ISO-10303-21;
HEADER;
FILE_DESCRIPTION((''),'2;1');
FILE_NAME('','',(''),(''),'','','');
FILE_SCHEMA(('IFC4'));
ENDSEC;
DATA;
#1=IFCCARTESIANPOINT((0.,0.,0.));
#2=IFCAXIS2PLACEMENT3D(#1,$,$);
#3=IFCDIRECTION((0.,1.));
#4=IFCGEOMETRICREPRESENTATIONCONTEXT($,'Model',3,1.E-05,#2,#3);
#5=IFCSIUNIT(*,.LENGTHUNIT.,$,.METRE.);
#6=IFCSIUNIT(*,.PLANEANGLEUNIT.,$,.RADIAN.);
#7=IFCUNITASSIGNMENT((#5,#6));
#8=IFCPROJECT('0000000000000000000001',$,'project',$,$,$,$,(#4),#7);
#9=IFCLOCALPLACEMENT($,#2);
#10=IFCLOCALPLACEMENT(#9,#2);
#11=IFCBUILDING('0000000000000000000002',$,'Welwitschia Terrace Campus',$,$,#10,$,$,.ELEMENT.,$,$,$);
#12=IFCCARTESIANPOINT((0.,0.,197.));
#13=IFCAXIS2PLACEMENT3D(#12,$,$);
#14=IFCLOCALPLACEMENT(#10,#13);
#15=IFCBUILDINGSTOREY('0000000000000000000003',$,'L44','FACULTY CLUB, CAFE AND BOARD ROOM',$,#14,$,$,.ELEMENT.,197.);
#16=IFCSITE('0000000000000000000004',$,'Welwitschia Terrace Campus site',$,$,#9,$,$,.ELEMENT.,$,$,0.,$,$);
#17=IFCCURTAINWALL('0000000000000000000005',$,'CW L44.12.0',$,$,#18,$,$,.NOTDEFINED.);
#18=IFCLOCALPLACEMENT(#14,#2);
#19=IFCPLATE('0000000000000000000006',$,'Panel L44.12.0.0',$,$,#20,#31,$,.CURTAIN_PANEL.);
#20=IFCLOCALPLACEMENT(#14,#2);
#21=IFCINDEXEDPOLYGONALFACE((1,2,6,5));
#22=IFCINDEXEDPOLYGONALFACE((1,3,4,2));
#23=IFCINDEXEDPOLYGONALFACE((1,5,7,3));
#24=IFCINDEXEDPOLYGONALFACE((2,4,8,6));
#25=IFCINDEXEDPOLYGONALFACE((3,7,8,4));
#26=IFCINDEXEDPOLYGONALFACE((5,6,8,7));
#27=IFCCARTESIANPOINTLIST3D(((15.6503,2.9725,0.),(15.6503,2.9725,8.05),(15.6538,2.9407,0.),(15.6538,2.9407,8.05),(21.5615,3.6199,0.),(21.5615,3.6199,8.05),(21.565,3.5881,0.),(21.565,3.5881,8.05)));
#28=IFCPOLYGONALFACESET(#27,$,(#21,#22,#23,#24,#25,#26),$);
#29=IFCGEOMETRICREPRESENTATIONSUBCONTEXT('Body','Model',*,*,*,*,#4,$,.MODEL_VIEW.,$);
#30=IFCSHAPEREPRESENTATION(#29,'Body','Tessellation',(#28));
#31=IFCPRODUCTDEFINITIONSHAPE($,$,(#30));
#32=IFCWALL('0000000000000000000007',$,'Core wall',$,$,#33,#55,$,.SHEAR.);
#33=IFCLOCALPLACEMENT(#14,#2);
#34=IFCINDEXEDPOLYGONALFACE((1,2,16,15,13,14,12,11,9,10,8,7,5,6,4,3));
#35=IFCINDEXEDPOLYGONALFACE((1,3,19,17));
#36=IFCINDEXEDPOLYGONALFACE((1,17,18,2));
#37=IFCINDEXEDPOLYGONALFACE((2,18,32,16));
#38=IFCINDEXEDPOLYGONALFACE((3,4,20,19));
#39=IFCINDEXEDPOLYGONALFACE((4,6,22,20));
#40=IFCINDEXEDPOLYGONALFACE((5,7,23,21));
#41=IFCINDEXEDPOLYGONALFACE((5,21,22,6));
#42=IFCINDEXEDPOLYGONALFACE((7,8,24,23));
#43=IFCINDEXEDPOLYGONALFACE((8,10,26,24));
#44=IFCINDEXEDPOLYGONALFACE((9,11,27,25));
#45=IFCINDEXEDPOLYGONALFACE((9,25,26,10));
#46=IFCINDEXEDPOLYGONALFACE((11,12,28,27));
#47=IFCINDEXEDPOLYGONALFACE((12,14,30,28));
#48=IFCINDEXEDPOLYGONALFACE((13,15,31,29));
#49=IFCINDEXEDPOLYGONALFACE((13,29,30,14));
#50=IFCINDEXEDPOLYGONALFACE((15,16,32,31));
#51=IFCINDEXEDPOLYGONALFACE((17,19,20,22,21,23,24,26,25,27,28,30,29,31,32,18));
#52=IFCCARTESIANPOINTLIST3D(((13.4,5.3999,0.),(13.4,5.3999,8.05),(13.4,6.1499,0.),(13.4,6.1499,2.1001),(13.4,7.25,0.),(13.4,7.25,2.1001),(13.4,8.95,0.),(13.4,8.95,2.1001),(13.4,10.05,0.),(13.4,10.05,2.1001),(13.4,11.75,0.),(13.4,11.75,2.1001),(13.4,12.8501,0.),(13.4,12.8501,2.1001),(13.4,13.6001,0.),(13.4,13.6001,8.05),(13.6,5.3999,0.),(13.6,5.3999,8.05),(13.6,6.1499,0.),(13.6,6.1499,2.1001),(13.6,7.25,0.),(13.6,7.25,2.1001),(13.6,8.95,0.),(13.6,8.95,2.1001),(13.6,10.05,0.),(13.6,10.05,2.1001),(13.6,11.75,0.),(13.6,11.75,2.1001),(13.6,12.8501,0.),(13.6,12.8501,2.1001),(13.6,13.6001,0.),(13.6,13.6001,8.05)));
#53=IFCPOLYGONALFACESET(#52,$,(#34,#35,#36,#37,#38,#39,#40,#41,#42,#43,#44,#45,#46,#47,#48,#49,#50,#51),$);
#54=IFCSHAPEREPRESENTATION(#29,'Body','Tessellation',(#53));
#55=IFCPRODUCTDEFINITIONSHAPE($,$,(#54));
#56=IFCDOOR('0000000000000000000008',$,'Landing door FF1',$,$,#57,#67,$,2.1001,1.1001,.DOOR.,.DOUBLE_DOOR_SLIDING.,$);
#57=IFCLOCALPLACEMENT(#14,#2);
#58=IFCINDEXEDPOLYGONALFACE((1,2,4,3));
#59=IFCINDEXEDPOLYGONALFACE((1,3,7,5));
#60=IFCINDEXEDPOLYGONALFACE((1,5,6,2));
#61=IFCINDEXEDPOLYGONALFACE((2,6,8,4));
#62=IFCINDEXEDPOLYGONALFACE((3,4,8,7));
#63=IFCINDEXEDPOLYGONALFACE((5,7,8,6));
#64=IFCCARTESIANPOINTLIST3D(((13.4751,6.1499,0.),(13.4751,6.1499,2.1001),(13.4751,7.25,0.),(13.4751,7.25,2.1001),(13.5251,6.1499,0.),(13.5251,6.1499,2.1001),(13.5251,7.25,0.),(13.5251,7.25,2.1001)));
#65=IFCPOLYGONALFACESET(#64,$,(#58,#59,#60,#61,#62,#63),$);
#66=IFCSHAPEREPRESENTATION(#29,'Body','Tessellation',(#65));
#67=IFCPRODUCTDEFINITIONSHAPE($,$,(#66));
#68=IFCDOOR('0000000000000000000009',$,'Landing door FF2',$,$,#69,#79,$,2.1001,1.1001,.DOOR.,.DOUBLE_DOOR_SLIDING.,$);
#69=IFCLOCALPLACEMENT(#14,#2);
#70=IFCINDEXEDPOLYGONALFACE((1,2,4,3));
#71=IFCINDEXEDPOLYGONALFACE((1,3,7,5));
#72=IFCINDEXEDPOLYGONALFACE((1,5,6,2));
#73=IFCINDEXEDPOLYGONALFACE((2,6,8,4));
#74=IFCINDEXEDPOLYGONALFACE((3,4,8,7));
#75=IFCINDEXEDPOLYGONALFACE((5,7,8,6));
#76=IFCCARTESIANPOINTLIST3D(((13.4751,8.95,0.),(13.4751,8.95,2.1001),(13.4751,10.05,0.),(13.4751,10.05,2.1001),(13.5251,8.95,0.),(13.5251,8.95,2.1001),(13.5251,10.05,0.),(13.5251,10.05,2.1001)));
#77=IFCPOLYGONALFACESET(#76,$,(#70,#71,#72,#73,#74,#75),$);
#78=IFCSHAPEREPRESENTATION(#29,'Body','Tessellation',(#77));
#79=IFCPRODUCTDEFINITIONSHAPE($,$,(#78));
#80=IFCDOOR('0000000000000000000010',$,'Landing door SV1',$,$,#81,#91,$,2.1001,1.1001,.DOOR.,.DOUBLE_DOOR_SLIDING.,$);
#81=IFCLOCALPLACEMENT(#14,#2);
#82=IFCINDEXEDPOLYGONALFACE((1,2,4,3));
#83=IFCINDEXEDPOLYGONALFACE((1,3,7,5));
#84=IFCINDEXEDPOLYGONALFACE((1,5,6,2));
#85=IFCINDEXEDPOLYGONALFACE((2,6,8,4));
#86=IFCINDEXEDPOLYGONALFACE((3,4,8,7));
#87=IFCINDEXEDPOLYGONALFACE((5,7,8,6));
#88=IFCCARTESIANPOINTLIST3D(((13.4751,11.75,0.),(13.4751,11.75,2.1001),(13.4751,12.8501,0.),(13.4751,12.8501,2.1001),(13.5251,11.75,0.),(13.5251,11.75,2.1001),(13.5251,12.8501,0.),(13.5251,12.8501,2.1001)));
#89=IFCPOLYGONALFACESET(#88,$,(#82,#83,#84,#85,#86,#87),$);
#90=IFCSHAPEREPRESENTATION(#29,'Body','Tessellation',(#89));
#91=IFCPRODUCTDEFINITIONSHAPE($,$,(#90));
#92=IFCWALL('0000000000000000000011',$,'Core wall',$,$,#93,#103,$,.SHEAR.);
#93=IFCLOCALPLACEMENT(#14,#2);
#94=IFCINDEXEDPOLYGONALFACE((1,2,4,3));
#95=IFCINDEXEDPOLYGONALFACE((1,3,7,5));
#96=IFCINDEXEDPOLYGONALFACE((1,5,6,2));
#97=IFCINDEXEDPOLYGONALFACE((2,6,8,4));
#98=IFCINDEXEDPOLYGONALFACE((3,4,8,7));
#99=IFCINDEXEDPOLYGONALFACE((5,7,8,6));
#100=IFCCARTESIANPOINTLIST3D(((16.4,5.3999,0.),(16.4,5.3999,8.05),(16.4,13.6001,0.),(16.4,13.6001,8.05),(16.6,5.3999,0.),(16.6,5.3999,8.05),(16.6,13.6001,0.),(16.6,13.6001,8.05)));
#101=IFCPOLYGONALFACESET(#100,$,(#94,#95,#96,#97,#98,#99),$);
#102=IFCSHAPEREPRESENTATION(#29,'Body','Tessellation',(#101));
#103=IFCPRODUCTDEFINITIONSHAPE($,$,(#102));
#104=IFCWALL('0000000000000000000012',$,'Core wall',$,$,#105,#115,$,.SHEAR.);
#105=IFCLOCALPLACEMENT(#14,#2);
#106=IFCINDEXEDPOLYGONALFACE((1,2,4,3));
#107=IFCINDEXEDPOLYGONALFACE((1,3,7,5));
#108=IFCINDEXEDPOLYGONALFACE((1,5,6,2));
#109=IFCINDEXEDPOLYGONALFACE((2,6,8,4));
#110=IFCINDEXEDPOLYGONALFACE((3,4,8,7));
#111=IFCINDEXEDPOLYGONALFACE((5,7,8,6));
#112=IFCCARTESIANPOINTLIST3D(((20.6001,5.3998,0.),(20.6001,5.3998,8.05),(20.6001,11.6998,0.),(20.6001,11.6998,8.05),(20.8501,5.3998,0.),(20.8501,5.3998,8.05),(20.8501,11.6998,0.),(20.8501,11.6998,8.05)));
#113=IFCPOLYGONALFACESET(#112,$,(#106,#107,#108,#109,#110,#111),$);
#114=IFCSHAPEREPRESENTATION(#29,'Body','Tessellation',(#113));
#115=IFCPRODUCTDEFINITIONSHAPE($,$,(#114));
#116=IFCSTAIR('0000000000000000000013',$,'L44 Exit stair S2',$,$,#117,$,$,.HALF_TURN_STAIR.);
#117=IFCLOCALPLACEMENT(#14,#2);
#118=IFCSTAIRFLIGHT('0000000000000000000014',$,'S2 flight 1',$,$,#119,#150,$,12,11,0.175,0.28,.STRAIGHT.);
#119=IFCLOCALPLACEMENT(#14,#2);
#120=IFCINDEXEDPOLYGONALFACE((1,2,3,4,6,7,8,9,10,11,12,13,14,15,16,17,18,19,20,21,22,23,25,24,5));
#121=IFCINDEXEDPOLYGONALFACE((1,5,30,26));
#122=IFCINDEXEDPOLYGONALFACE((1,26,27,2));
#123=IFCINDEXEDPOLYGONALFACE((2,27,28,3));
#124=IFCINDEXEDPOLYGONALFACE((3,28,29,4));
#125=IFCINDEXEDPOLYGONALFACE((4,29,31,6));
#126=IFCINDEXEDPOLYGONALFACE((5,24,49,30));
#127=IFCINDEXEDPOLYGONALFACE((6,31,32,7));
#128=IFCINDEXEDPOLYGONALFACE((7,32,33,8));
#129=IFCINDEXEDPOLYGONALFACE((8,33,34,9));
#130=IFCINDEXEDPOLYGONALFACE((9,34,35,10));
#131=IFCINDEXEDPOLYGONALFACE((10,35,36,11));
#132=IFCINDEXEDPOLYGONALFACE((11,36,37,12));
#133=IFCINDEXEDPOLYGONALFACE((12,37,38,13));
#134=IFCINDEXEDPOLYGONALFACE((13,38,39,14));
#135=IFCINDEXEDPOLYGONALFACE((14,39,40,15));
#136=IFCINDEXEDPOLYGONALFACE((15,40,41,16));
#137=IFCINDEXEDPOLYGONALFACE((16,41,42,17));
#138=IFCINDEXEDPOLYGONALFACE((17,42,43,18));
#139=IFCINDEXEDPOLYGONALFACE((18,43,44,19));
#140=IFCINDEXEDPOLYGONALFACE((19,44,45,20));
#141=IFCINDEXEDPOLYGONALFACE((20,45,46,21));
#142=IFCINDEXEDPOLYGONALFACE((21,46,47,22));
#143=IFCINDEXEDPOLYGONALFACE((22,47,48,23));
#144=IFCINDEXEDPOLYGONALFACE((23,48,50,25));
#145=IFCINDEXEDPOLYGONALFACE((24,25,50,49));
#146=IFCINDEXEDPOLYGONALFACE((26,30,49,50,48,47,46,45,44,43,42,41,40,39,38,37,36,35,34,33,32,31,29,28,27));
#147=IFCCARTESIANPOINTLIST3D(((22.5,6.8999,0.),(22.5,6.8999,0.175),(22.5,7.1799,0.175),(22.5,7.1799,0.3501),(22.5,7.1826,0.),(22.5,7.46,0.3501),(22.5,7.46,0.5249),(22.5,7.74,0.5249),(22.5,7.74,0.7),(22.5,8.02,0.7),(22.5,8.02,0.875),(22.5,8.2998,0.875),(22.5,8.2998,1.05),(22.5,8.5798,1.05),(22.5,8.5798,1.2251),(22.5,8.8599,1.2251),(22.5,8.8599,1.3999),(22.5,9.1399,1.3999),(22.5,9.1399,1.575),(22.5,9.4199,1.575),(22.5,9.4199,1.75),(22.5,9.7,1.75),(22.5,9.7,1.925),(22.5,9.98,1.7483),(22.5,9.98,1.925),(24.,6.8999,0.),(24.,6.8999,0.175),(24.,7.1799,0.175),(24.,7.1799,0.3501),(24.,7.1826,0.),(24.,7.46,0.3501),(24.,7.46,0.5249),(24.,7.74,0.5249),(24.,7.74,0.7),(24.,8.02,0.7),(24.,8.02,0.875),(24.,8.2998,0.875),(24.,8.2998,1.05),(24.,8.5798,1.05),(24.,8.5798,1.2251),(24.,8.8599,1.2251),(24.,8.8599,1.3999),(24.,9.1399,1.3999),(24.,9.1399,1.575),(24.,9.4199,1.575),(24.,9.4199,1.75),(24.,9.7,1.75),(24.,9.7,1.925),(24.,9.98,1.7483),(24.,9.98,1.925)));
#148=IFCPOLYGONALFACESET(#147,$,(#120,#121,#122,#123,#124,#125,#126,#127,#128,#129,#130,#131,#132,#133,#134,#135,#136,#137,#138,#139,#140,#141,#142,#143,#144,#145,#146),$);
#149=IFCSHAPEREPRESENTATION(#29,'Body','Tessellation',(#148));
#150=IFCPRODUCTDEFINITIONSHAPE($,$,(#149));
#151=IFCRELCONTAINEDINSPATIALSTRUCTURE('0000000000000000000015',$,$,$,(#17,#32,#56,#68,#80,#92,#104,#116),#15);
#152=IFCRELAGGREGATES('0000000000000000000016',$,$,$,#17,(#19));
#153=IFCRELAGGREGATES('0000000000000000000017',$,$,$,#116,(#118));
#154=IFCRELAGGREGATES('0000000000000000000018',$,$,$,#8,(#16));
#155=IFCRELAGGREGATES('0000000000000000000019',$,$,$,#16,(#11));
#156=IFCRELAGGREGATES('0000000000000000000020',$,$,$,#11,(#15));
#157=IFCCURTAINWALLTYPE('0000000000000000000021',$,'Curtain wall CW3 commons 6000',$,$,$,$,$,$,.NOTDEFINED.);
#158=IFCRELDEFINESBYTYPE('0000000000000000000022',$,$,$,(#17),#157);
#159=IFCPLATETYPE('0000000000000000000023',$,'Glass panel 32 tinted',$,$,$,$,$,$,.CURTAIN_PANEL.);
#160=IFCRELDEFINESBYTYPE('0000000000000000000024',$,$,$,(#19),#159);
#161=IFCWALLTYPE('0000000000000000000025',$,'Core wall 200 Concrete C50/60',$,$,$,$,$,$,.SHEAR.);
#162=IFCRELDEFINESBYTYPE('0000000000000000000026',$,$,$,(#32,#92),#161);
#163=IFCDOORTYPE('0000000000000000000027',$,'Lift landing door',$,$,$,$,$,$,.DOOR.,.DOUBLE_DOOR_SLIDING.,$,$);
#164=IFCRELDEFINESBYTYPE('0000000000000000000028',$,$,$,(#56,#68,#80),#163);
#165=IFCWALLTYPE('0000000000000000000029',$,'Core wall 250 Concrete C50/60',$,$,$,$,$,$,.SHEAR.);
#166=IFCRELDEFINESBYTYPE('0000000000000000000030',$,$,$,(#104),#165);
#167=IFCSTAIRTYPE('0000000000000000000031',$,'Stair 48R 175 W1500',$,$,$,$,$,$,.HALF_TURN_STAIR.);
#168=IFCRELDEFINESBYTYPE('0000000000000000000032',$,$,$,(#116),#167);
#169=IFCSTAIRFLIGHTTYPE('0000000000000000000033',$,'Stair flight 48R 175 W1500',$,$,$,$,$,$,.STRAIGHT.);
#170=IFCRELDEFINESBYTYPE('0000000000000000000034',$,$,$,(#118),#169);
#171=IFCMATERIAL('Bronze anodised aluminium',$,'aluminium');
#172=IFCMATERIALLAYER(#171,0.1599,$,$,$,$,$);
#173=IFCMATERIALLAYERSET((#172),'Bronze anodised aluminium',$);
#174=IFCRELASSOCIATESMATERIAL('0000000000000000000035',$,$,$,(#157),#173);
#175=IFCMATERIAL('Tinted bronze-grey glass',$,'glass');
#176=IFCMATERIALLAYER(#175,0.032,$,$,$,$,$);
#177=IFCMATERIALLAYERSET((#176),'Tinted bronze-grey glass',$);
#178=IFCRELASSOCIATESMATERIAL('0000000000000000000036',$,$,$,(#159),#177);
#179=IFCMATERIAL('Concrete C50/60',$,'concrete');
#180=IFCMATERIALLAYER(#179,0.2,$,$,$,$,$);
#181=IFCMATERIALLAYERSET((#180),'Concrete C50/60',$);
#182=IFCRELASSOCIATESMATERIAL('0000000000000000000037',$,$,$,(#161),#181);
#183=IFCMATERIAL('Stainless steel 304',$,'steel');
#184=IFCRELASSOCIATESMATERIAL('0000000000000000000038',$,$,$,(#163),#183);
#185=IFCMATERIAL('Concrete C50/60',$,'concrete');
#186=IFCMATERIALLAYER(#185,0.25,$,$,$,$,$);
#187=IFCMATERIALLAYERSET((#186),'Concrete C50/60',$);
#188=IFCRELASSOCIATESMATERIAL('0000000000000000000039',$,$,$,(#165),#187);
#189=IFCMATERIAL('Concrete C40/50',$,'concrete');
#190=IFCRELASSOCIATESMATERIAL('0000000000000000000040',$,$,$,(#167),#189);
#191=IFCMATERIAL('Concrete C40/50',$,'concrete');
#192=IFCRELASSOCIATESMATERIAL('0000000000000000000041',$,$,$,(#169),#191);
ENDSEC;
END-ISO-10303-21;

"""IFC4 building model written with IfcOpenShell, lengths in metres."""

from ifc_helpers import new_model, si_unit, direction, frame, frame_2d, origin, origin_2d, place, context, subcontext, project, spatial, polyline, rectangle, outline, extrude, material, layer, layer_set, type_object, element, fill, aggregate, save


model = new_model("IFC4")

# Units and contexts
model_context = context("Model", 3, precision=1e-05, world=origin(), true_north=direction((0.0, 1.0)))
body_context = subcontext(model_context, "Body", "Model", "MODEL_VIEW")
ifc_project = project(units=[si_unit("LENGTHUNIT", "METRE"), si_unit("PLANEANGLEUNIT", "RADIAN")], contexts=[model_context])

# Site, building, storey
site_placement = place(None, origin())
site = spatial("IfcSite", under=ifc_project, at=site_placement, Name="Welwitschia Terrace Campus site", CompositionType="ELEMENT", RefElevation=0.0)
building_placement = place(site_placement, origin())
building = spatial("IfcBuilding", under=site, at=building_placement, Name="Welwitschia Terrace Campus", CompositionType="ELEMENT")
storey_placement = place(building_placement, frame((0.0, 0.0, 197.0)))
storey = spatial("IfcBuildingStorey", under=building, at=storey_placement, Name="L44", Description="FACULTY CLUB, CAFE AND BOARD ROOM", CompositionType="ELEMENT", Elevation=197.0)

# Shared definitions
ifc_material_1 = material(Name="Bronze anodised aluminium", Category="aluminium")
ifc_layer_1 = layer(ifc_material_1, 0.1599)
ifc_layer_set_1 = layer_set([ifc_layer_1], Name="Bronze anodised aluminium")
curtain_wall_type = type_object("IfcCurtainWallType", Name="Curtain wall CW3 commons 6000", PredefinedType="NOTDEFINED", material=ifc_layer_set_1)

# Curtain wall
curtain_wall_1_placement = place(storey_placement, origin())
curtain_wall_1 = element("IfcCurtainWall", 1, at=curtain_wall_1_placement, inside=storey, type_object=curtain_wall_type, Name="CW L44.12.0", PredefinedType="NOTDEFINED")

# Plate
ifc_material_2 = material(Name="Tinted bronze-grey glass", Category="glass")
ifc_layer_2 = layer(ifc_material_2, 0.032)
ifc_layer_set_2 = layer_set([ifc_layer_2], Name="Tinted bronze-grey glass")
plate_type = type_object("IfcPlateType", Name="Glass panel 32 tinted", PredefinedType="CURTAIN_PANEL", material=ifc_layer_set_2)
plate_1_placement = place(storey_placement, frame((18.6077, 3.2803, 0.0), z_axis=(0.0, 0.0, 1.0), x_axis=(0.994056, 0.108867, 0.0)))
plate_1 = element("IfcPlate", 2, at=plate_1_placement, type_object=plate_type, Name="Panel L44.12.0.0", PredefinedType="CURTAIN_PANEL", context=body_context, shape_type="SweptSolid", body=[
    extrude(rectangle(XDim=5.9465, YDim=0.032, at=origin_2d()), origin(), (0.0, 0.0, 1.0), 8.05),
])
aggregate(curtain_wall_1, [plate_1])

# Wall, openings, doors
ifc_material_3 = material(Name="Concrete C50/60", Category="concrete")
ifc_layer_3 = layer(ifc_material_3, 0.2)
ifc_layer_set_3 = layer_set([ifc_layer_3], Name="Concrete C50/60")
wall_type_1 = type_object("IfcWallType", Name="Core wall 200 Concrete C50/60", PredefinedType="SHEAR", material=ifc_layer_set_3)
wall_1_placement = place(storey_placement, frame((13.5, 5.3999, 0.0), z_axis=(0.0, 0.0, 1.0), x_axis=(0.0, 1.0, 0.0)))
wall_1 = element("IfcWall", 3, at=wall_1_placement, inside=storey, type_object=wall_type_1, Name="Core wall", PredefinedType="SHEAR", context=body_context, shape_type="SweptSolid", body=[
    extrude(rectangle(XDim=8.2002, YDim=0.2, at=frame_2d((4.1001, 0.0))), origin(), (0.0, 0.0, 1.0), 8.05),
])
opening_1_placement = place(wall_1_placement, frame((0.75, 0.0, 0.0)))
opening_1 = element("IfcOpeningElement", 4, at=opening_1_placement, cuts=wall_1, PredefinedType="OPENING", context=body_context, shape_type="SweptSolid", body=[
    extrude(rectangle(XDim=1.1001, YDim=2.1001, at=frame_2d((0.55, 1.05))), frame((0.0, 0.1099, 0.0), z_axis=(0.0, -1.0, 0.0), x_axis=(1.0, 0.0, 0.0)), (0.0, 0.0, 1.0), 0.22),
])
opening_2_placement = place(wall_1_placement, frame((3.55, 0.0, 0.0)))
opening_2 = element("IfcOpeningElement", 5, at=opening_2_placement, cuts=wall_1, PredefinedType="OPENING", context=body_context, shape_type="SweptSolid", body=[
    extrude(rectangle(XDim=1.1001, YDim=2.1001, at=frame_2d((0.55, 1.05))), frame((0.0, 0.1099, 0.0), z_axis=(0.0, -1.0, 0.0), x_axis=(1.0, 0.0, 0.0)), (0.0, 0.0, 1.0), 0.22),
])
opening_3_placement = place(wall_1_placement, frame((6.3501, 0.0, 0.0)))
opening_3 = element("IfcOpeningElement", 6, at=opening_3_placement, cuts=wall_1, PredefinedType="OPENING", context=body_context, shape_type="SweptSolid", body=[
    extrude(rectangle(XDim=1.1001, YDim=2.1001, at=frame_2d((0.55, 1.05))), frame((0.0, 0.1099, 0.0), z_axis=(0.0, -1.0, 0.0), x_axis=(1.0, 0.0, 0.0)), (0.0, 0.0, 1.0), 0.22),
])
ifc_material_4 = material(Name="Stainless steel 304", Category="steel")
door_type = type_object("IfcDoorType", Name="Lift landing door", OperationType="DOUBLE_DOOR_SLIDING", PredefinedType="DOOR", material=ifc_material_4)
door_1_placement = place(opening_1_placement, origin())
door_1 = element("IfcDoor", 7, at=door_1_placement, inside=storey, type_object=door_type, Name="Landing door FF1", OperationType="DOUBLE_DOOR_SLIDING", OverallHeight=2.1001, OverallWidth=1.1001, PredefinedType="DOOR", context=body_context, shape_type="SweptSolid", body=[
    extrude(rectangle(XDim=1.1001, YDim=2.1001, at=frame_2d((0.55, 1.05))), frame((0.0, 0.0249, 0.0), z_axis=(0.0, -1.0, 0.0), x_axis=(1.0, 0.0, 0.0)), (0.0, 0.0, 1.0), 0.05),
])
fill(opening_1, door_1)
door_2_placement = place(opening_2_placement, origin())
door_2 = element("IfcDoor", 8, at=door_2_placement, inside=storey, type_object=door_type, Name="Landing door FF2", OperationType="DOUBLE_DOOR_SLIDING", OverallHeight=2.1001, OverallWidth=1.1001, PredefinedType="DOOR", context=body_context, shape_type="SweptSolid", body=[
    extrude(rectangle(XDim=1.1001, YDim=2.1001, at=frame_2d((0.55, 1.05))), frame((0.0, 0.0249, 0.0), z_axis=(0.0, -1.0, 0.0), x_axis=(1.0, 0.0, 0.0)), (0.0, 0.0, 1.0), 0.05),
])
fill(opening_2, door_2)
door_3_placement = place(opening_3_placement, origin())
door_3 = element("IfcDoor", 9, at=door_3_placement, inside=storey, type_object=door_type, Name="Landing door SV1", OperationType="DOUBLE_DOOR_SLIDING", OverallHeight=2.1001, OverallWidth=1.1001, PredefinedType="DOOR", context=body_context, shape_type="SweptSolid", body=[
    extrude(rectangle(XDim=1.1001, YDim=2.1001, at=frame_2d((0.55, 1.05))), frame((0.0, 0.0249, 0.0), z_axis=(0.0, -1.0, 0.0), x_axis=(1.0, 0.0, 0.0)), (0.0, 0.0, 1.0), 0.05),
])
fill(opening_3, door_3)

# Walls
wall_2_placement = place(storey_placement, frame((16.5, 5.3999, 0.0), z_axis=(0.0, 0.0, 1.0), x_axis=(0.0, 1.0, 0.0)))
element("IfcWall", 10, at=wall_2_placement, inside=storey, type_object=wall_type_1, Name="Core wall", PredefinedType="SHEAR", context=body_context, shape_type="SweptSolid", body=[
    extrude(rectangle(XDim=8.2002, YDim=0.2, at=frame_2d((4.1001, 0.0))), origin(), (0.0, 0.0, 1.0), 8.05),
])
ifc_material_5 = material(Name="Concrete C50/60", Category="concrete")
ifc_layer_4 = layer(ifc_material_5, 0.25)
ifc_layer_set_4 = layer_set([ifc_layer_4], Name="Concrete C50/60")
wall_type_2 = type_object("IfcWallType", Name="Core wall 250 Concrete C50/60", PredefinedType="SHEAR", material=ifc_layer_set_4)
wall_3_placement = place(storey_placement, frame((20.7251, 5.3999, 0.0), z_axis=(0.0, 0.0, 1.0), x_axis=(0.0, 1.0, 0.0)))
element("IfcWall", 11, at=wall_3_placement, inside=storey, type_object=wall_type_2, Name="Core wall", PredefinedType="SHEAR", context=body_context, shape_type="SweptSolid", body=[
    extrude(rectangle(XDim=6.3, YDim=0.25, at=frame_2d((3.1499, 0.0))), origin(), (0.0, 0.0, 1.0), 8.05),
])

# Stair, stair flight
ifc_material_6 = material(Name="Concrete C40/50", Category="concrete")
stair_type = type_object("IfcStairType", Name="Stair 48R 175 W1500", PredefinedType="HALF_TURN_STAIR", material=ifc_material_6)
stair_placement = place(storey_placement, origin())
stair = element("IfcStair", 12, at=stair_placement, inside=storey, type_object=stair_type, Name="L44 Exit stair S2", PredefinedType="HALF_TURN_STAIR")
ifc_material_7 = material(Name="Concrete C40/50", Category="concrete")
stair_flight_type = type_object("IfcStairFlightType", Name="Stair flight 48R 175 W1500", PredefinedType="STRAIGHT", material=ifc_material_7)
stair_flight_1_placement = place(storey_placement, frame((23.25, 6.8999, 0.0), z_axis=(0.0, 0.0, 1.0), x_axis=(0.0, 1.0, 0.0)))
stair_flight_1 = element("IfcStairFlight", 13, at=stair_flight_1_placement, type_object=stair_flight_type, Name="S2 flight 1", NumberOfRisers=12, NumberOfTreads=11, PredefinedType="STRAIGHT", RiserHeight=0.175, TreadLength=0.28, context=body_context, shape_type="SweptSolid", body=[
    extrude(outline(polyline([(0.0, 0.0), (0.0, 0.175), (0.28, 0.175), (0.28, 0.3501), (0.5601, 0.3501), (0.5601, 0.5249), (0.8401, 0.5249), (0.8401, 0.7), (1.1201, 0.7), (1.1201, 0.875), (1.3999, 0.875), (1.3999, 1.05), (1.6799, 1.05), (1.6799, 1.2251), (1.96, 1.2251), (1.96, 1.3999), (2.24, 1.3999), (2.24, 1.575), (2.52, 1.575), (2.52, 1.75), (2.8, 1.75), (2.8, 1.925), (3.0801, 1.925), (3.0801, 2.1001), (3.0801, 1.7483), (0.2827, 0.0), (0.0, 0.0)])), frame((0.0, 0.75, 0.0), z_axis=(0.0, -1.0, 0.0), x_axis=(1.0, 0.0, 0.0)), (0.0, 0.0, 1.0), 1.5),
])
aggregate(stair, [stair_flight_1])

save(model, "model.ifc")
